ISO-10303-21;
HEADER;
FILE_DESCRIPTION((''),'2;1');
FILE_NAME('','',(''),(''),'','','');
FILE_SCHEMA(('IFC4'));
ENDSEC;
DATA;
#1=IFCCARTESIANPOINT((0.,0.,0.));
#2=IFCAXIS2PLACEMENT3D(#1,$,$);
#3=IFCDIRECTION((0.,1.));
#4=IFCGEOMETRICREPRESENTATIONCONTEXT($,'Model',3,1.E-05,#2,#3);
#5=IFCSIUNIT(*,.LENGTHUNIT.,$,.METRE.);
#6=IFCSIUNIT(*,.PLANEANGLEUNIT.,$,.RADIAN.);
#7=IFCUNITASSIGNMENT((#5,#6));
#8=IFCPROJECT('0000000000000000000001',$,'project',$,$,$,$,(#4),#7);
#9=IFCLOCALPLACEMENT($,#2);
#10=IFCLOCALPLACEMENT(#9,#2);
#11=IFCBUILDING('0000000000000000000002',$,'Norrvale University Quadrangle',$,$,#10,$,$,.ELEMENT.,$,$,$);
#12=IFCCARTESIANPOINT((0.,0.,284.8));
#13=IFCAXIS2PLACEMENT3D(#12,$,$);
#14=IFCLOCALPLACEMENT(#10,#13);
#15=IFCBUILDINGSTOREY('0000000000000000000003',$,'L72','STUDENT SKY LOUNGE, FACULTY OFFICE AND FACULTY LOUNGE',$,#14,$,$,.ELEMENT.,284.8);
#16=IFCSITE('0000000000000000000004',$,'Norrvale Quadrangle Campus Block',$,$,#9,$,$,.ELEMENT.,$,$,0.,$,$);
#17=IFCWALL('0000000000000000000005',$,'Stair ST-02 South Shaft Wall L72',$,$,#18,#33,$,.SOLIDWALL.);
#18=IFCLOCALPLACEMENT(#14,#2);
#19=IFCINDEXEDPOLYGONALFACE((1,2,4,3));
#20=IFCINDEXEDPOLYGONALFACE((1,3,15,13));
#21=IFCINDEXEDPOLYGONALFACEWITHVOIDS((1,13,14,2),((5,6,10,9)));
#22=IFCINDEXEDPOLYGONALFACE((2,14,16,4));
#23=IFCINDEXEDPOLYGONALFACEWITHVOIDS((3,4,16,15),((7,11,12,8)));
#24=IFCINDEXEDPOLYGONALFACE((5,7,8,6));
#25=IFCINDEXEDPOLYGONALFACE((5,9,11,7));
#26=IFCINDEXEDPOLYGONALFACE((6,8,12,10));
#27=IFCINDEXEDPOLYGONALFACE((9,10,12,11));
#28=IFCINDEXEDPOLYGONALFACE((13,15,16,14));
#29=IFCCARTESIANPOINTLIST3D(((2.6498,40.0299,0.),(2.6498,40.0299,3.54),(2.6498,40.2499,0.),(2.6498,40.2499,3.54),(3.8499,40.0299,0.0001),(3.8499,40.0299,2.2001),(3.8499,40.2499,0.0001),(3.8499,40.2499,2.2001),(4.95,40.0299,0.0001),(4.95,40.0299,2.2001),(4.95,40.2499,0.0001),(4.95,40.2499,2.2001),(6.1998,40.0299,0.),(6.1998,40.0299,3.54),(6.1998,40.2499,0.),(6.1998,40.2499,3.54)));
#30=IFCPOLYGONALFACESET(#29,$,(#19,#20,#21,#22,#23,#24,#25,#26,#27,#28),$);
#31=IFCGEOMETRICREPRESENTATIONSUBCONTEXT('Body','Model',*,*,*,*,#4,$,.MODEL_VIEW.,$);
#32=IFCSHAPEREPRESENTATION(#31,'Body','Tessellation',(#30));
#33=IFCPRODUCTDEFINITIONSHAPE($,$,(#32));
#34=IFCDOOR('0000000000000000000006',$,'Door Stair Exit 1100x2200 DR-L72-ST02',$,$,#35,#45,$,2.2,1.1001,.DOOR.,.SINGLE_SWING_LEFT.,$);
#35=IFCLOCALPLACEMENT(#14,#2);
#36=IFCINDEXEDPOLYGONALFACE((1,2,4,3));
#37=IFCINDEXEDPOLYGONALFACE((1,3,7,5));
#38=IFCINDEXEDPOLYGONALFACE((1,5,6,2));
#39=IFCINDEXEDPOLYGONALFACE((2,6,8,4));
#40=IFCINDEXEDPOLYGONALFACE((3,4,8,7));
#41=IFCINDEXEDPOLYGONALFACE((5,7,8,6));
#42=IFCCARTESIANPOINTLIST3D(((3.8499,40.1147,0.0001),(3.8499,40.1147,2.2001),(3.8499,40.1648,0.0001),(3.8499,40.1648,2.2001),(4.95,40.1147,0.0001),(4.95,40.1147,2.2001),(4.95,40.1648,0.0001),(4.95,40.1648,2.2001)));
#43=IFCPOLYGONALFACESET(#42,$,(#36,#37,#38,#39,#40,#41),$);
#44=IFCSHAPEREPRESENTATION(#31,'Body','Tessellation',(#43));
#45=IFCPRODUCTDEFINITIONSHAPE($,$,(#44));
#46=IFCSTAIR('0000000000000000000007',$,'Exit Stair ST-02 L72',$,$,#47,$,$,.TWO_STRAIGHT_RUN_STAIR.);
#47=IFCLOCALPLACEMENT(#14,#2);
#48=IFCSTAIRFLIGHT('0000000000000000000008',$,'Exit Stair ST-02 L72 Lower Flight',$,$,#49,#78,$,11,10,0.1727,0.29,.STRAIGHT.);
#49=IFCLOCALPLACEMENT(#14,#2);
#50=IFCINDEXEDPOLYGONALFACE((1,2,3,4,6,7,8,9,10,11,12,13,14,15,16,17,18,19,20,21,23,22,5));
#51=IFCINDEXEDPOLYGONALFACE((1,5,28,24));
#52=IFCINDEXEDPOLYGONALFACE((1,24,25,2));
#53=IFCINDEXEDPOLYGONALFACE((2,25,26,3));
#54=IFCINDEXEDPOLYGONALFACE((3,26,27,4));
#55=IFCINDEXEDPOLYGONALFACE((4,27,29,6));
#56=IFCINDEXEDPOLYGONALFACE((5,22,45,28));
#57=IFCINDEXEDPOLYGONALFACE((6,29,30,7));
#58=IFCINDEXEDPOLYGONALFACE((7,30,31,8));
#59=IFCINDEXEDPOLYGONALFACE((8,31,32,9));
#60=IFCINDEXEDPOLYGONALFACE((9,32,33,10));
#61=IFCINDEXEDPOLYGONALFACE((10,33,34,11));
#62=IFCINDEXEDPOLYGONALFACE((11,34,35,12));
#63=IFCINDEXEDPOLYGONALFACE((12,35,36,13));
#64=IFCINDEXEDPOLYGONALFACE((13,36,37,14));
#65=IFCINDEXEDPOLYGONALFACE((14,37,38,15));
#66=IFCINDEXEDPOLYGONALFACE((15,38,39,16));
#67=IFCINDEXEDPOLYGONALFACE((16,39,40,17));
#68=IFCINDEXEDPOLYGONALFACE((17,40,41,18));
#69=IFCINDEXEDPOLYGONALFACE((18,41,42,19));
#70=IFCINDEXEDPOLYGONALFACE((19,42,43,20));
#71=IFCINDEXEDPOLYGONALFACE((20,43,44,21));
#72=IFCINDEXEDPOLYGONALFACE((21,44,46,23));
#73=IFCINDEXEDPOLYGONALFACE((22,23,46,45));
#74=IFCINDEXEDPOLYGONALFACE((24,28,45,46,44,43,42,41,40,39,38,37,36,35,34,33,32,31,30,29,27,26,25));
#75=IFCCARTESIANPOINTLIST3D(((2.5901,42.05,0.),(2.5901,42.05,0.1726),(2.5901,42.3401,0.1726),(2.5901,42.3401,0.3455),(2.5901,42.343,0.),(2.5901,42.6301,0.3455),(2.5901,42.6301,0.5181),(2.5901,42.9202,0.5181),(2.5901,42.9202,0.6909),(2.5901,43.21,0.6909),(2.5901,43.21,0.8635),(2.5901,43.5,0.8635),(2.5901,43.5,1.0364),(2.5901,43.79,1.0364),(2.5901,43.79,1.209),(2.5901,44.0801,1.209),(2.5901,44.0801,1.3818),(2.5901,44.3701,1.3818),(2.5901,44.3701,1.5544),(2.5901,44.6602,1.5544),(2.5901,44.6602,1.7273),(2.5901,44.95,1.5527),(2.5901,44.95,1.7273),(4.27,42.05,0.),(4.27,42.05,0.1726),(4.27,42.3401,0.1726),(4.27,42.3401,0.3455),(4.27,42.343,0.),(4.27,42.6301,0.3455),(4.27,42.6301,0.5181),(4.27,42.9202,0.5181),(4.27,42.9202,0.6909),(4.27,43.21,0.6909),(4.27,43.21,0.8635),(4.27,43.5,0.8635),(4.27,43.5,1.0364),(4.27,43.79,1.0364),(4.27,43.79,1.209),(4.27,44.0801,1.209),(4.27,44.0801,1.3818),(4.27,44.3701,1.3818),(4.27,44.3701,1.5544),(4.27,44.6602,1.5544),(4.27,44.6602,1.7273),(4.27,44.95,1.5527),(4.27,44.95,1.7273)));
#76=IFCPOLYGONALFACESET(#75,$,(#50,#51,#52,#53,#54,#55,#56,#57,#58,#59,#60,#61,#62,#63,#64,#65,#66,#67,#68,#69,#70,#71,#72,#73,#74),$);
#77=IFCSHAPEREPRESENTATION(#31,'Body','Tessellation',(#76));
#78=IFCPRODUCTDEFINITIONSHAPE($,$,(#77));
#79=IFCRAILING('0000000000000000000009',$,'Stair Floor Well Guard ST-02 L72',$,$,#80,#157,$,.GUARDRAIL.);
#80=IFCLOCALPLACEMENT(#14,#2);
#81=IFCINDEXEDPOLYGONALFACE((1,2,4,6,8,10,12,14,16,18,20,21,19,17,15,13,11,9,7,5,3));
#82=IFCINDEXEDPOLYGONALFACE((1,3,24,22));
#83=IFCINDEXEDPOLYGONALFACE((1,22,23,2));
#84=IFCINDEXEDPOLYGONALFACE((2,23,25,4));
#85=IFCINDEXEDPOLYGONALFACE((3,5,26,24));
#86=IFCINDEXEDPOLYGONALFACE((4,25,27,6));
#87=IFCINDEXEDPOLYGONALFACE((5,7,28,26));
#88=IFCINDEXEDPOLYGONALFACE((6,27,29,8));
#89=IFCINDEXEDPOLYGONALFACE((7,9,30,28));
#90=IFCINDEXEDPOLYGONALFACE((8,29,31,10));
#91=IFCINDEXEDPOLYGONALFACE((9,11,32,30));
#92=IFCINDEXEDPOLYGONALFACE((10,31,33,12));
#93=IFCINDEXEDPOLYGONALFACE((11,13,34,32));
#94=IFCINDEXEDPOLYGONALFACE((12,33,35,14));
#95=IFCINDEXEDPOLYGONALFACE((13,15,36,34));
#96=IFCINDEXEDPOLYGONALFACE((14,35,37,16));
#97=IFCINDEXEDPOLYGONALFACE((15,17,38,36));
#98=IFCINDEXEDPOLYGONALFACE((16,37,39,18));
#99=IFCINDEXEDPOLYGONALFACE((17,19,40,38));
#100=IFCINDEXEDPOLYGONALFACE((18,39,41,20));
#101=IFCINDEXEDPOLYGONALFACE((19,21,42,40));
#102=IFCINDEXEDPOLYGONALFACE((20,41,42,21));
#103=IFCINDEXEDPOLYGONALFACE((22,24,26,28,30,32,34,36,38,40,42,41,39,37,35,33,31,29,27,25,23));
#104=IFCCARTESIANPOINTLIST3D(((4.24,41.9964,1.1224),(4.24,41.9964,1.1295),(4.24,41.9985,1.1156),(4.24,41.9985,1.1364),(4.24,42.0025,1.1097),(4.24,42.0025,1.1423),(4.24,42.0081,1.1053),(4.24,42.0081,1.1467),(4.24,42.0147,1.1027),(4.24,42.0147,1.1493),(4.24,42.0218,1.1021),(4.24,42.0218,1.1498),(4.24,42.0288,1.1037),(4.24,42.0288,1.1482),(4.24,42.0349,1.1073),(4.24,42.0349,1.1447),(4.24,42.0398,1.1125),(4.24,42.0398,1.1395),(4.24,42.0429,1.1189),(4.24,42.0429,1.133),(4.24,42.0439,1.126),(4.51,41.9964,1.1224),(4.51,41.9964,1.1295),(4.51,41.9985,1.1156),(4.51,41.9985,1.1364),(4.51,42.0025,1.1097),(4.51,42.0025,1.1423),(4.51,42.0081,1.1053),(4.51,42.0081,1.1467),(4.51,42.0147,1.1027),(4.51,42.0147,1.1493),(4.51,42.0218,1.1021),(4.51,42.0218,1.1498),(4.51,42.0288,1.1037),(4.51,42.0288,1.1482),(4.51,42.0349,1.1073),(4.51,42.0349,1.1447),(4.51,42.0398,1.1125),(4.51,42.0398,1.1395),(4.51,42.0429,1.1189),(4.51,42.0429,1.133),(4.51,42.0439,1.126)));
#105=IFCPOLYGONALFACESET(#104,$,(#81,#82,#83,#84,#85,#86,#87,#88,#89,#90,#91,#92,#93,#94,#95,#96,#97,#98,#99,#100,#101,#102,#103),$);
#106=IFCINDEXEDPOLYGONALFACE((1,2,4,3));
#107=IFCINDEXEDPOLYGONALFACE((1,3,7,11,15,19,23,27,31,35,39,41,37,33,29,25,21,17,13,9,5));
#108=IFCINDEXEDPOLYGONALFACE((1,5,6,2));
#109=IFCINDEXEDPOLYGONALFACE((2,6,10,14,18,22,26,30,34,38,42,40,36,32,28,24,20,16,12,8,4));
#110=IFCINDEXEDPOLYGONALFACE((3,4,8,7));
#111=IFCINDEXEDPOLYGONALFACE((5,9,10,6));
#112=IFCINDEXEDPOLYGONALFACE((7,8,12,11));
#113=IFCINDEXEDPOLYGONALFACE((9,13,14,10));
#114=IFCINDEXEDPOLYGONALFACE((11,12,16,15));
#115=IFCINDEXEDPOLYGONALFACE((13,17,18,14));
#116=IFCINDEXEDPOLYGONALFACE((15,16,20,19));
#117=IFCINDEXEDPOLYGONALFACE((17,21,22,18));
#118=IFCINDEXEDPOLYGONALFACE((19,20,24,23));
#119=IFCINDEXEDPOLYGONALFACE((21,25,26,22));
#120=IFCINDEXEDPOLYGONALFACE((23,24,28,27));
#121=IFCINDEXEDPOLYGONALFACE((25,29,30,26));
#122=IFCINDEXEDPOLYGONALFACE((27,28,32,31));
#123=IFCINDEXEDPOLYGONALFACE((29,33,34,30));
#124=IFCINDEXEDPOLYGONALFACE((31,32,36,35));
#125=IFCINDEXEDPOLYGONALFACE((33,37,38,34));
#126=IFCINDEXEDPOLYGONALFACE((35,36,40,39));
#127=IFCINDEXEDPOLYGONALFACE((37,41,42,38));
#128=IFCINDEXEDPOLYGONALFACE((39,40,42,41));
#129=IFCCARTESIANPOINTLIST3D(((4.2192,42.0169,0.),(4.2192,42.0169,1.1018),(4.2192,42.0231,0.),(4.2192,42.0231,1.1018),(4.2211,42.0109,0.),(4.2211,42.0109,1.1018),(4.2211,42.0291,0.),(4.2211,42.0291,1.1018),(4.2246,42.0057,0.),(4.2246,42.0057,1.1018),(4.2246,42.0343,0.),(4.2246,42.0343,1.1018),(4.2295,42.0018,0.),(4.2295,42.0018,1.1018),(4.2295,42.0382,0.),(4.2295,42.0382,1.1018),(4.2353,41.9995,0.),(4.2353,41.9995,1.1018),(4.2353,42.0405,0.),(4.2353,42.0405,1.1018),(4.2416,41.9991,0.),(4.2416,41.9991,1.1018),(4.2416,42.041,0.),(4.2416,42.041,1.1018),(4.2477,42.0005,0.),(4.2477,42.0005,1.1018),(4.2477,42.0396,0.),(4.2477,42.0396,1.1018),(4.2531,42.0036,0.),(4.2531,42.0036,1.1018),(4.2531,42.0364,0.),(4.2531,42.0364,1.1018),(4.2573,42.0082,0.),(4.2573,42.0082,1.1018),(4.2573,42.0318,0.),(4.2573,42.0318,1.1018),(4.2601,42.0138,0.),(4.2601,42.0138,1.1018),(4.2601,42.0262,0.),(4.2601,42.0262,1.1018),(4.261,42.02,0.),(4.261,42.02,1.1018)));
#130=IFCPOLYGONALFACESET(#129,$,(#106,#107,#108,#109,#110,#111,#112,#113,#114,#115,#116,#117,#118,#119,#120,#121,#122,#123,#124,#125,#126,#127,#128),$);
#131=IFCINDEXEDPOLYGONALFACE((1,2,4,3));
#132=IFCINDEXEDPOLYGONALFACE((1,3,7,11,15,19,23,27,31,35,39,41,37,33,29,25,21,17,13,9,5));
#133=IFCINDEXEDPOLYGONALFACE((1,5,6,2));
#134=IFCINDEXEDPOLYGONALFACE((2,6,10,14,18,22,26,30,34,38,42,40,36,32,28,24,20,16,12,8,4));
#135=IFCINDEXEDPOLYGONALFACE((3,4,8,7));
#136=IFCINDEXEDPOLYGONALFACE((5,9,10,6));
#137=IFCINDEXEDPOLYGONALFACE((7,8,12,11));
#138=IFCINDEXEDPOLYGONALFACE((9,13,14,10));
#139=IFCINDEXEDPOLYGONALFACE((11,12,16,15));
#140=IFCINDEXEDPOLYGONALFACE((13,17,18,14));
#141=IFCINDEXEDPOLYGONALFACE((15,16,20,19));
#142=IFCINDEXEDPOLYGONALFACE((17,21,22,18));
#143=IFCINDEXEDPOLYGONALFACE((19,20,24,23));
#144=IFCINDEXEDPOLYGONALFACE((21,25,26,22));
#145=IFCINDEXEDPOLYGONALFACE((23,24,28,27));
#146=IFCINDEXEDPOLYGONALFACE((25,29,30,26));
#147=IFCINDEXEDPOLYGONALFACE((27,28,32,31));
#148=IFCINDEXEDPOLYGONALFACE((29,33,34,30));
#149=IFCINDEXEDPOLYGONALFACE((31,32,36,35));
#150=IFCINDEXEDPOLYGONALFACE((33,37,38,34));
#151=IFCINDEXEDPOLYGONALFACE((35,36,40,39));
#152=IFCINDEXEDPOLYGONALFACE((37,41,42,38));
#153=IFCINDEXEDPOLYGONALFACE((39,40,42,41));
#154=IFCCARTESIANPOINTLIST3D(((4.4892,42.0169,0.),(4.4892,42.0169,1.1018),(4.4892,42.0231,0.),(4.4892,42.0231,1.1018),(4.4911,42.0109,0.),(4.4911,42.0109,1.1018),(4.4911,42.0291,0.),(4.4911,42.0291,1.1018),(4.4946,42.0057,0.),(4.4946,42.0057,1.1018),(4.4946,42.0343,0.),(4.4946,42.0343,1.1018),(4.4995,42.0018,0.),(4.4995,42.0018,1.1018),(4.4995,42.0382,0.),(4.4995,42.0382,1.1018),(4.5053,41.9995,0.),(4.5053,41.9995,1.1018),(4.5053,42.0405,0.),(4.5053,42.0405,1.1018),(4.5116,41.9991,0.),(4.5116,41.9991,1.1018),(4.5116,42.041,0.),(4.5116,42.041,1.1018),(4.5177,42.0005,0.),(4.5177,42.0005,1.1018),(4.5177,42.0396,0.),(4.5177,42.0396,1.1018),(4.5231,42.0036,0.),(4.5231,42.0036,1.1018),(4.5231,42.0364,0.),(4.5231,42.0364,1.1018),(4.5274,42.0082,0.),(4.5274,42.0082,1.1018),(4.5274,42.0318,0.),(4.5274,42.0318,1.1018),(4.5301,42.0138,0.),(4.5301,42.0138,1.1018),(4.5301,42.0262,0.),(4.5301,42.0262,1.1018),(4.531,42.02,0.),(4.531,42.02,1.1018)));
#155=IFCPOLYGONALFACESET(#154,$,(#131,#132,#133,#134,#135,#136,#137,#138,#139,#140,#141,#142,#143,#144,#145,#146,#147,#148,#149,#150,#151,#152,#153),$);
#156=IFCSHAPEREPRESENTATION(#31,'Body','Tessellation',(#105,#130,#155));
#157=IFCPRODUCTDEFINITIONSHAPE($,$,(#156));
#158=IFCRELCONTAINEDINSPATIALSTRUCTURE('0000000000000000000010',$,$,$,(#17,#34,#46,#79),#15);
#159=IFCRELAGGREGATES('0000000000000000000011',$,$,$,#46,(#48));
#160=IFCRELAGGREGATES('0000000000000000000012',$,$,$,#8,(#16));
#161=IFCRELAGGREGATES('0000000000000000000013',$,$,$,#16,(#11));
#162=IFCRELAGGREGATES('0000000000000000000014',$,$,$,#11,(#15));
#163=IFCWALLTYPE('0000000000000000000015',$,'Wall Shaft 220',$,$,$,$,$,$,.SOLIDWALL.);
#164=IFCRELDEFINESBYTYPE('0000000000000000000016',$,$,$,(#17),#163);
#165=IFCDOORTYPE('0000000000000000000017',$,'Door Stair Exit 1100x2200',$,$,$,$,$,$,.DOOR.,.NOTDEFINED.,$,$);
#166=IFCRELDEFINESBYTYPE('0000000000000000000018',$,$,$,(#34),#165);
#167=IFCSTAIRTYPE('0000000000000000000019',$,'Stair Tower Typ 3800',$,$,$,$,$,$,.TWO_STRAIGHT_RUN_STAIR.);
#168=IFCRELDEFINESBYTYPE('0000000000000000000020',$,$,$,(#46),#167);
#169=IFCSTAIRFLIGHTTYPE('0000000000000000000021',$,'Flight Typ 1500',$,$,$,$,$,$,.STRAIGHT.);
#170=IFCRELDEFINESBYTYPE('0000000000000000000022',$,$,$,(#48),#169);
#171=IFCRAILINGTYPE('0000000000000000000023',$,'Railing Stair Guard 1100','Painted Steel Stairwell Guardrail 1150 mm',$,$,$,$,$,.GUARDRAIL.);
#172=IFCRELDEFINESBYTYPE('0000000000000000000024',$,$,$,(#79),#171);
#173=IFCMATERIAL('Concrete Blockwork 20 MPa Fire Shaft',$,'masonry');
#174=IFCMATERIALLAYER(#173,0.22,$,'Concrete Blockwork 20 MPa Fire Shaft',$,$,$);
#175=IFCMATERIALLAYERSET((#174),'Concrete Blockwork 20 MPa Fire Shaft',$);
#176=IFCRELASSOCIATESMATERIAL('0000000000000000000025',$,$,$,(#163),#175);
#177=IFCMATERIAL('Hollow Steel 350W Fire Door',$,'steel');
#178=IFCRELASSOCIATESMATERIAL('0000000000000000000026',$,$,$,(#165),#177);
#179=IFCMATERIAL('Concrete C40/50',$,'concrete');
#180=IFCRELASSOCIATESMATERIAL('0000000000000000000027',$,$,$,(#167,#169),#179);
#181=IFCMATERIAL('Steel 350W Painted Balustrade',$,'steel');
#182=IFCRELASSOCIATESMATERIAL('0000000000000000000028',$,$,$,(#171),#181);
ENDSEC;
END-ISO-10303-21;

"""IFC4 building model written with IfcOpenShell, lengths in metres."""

from ifc_helpers import new_model, si_unit, direction, frame, frame_2d, origin, origin_2d, place, context, subcontext, project, spatial, polyline, rectangle, circle, outline, extrude, material, layer, layer_set, type_object, element, fill, aggregate, save


model = new_model("IFC4")

# Units and contexts
model_context = context("Model", 3, precision=1e-05, world=origin(), true_north=direction((0.0, 1.0)))
body_context = subcontext(model_context, "Body", "Model", "MODEL_VIEW")
ifc_project = project(units=[si_unit("LENGTHUNIT", "METRE"), si_unit("PLANEANGLEUNIT", "RADIAN")], contexts=[model_context])

# Site, building, storey
site_placement = place(None, origin())
site = spatial("IfcSite", under=ifc_project, at=site_placement, Name="Norrvale Quadrangle Campus Block", CompositionType="ELEMENT", RefElevation=0.0)
building_placement = place(site_placement, origin())
building = spatial("IfcBuilding", under=site, at=building_placement, Name="Norrvale University Quadrangle", CompositionType="ELEMENT")
storey_placement = place(building_placement, frame((0.0, 0.0, 284.8)))
storey = spatial("IfcBuildingStorey", under=building, at=storey_placement, Name="L72", Description="STUDENT SKY LOUNGE, FACULTY OFFICE AND FACULTY LOUNGE", CompositionType="ELEMENT", Elevation=284.8)

# Wall, opening, door
ifc_material_1 = material(Name="Concrete Blockwork 20 MPa Fire Shaft", Category="masonry")
ifc_layer_1 = layer(ifc_material_1, 0.22, Name="Concrete Blockwork 20 MPa Fire Shaft")
ifc_layer_set_1 = layer_set([ifc_layer_1], Name="Concrete Blockwork 20 MPa Fire Shaft")
wall_type_1 = type_object("IfcWallType", Name="Wall Shaft 220", PredefinedType="SOLIDWALL", material=ifc_layer_set_1)
wall_1_placement = place(storey_placement, frame((2.6499, 40.1399, 0.0), z_axis=(0.0, 0.0, 1.0), x_axis=(1.0, 0.0, 0.0)))
wall_1 = element("IfcWall", 1, at=wall_1_placement, inside=storey, type_object=wall_type_1, Name="Stair ST-02 South Shaft Wall L72", PredefinedType="SOLIDWALL", context=body_context, shape_type="SweptSolid", body=[
    extrude(rectangle(XDim=3.55, YDim=0.22, at=frame_2d((1.7749, 0.0))), origin(), (0.0, 0.0, 1.0), 3.54),
])
opening_1_placement = place(wall_1_placement, frame((1.2, 0.0, 0.0)))
opening_1 = element("IfcOpeningElement", 2, at=opening_1_placement, cuts=wall_1, PredefinedType="OPENING", context=body_context, shape_type="SweptSolid", body=[
    extrude(rectangle(XDim=1.1001, YDim=2.2, at=frame_2d((0.55, 1.1001))), frame((0.0, 0.1221, 0.0), z_axis=(0.0, -1.0, 0.0), x_axis=(1.0, 0.0, 0.0)), (0.0, 0.0, 1.0), 0.2439),
])
ifc_material_2 = material(Name="Hollow Steel 350W Fire Door", Category="steel")
door_type = type_object("IfcDoorType", Name="Door Stair Exit 1100x2200", OperationType="NOTDEFINED", PredefinedType="DOOR", material=ifc_material_2)
door_placement = place(opening_1_placement, origin())
door = element("IfcDoor", 3, at=door_placement, inside=storey, type_object=door_type, Name="Door Stair Exit 1100x2200 DR-L72-ST02", OperationType="SINGLE_SWING_LEFT", OverallHeight=2.2, OverallWidth=1.1001, PredefinedType="DOOR", context=body_context, shape_type="SweptSolid", body=[
    extrude(rectangle(XDim=1.1001, YDim=2.2, at=frame_2d((0.55, 1.1001))), frame((0.0, 0.0249, 0.0), z_axis=(0.0, -1.0, 0.0), x_axis=(1.0, 0.0, 0.0)), (0.0, 0.0, 1.0), 0.05),
])
fill(opening_1, door)

# Stair, stair flight
ifc_material_3 = material(Name="Concrete C40/50", Category="concrete")
stair_type = type_object("IfcStairType", Name="Stair Tower Typ 3800", PredefinedType="TWO_STRAIGHT_RUN_STAIR", material=ifc_material_3)
stair_placement = place(storey_placement, origin())
stair = element("IfcStair", 4, at=stair_placement, inside=storey, type_object=stair_type, Name="Exit Stair ST-02 L72", PredefinedType="TWO_STRAIGHT_RUN_STAIR")
stair_flight_type = type_object("IfcStairFlightType", Name="Flight Typ 1500", PredefinedType="STRAIGHT", material=ifc_material_3)
stair_flight_placement = place(storey_placement, frame((3.4299, 42.05, 0.0), z_axis=(0.0, 0.0, 1.0), x_axis=(0.0, 1.0, 0.0)))
stair_flight = element("IfcStairFlight", 5, at=stair_flight_placement, type_object=stair_flight_type, Name="Exit Stair ST-02 L72 Lower Flight", NumberOfRisers=11, NumberOfTreads=10, PredefinedType="STRAIGHT", RiserHeight=0.1727, TreadLength=0.29, context=body_context, shape_type="SweptSolid", body=[
    extrude(outline(polyline([(0.0, 0.0), (0.0, 0.1726), (0.29, 0.1726), (0.29, 0.3455), (0.5801, 0.3455), (0.5801, 0.5181), (0.8701, 0.5181), (0.8701, 0.6909), (1.1599, 0.6909), (1.1599, 0.8635), (1.45, 0.8635), (1.45, 1.0364), (1.74, 1.0364), (1.74, 1.209), (2.03, 1.209), (2.03, 1.3818), (2.3201, 1.3818), (2.3201, 1.5544), (2.6101, 1.5544), (2.6101, 1.7273), (2.8999, 1.7273), (2.8999, 1.8999), (2.8999, 1.5527), (0.293, 0.0), (0.0, 0.0)])), frame((0.0, 0.8398, 0.0), z_axis=(0.0, -1.0, 0.0), x_axis=(1.0, 0.0, 0.0)), (0.0, 0.0, 1.0), 1.6799),
])
aggregate(stair, [stair_flight])

# Railing
ifc_material_4 = material(Name="Steel 350W Painted Balustrade", Category="steel")
railing_type_1 = type_object("IfcRailingType", Name="Railing Stair Guard 1100", Description="Painted Steel Stairwell Guardrail 1150 mm", PredefinedType="GUARDRAIL", material=ifc_material_4)
for number, where, name in (
    (6, (4.24, 42.02, 0.0), "Stair Floor Well Guard ST-02 L72"),
):
    element("IfcRailing", number, at=place(storey_placement, frame(where)), inside=storey, type_object=railing_type_1, Name=name, PredefinedType="GUARDRAIL", context=body_context, shape_type="SweptSolid", body=[
        extrude(circle(Radius=0.0239, at=origin_2d()), frame((0.0, 0.0, 1.126), z_axis=(1.0, 0.0, 0.0), x_axis=(0.0, 1.0, 0.0)), (0.0, 0.0, 1.0), 0.27),
        extrude(circle(Radius=0.021, at=origin_2d()), origin(), (0.0, 0.0, 1.0), 1.1018),
        extrude(circle(Radius=0.021, at=origin_2d()), frame((0.27, 0.0, 0.0)), (0.0, 0.0, 1.0), 1.1018),
    ])

save(model, "model.ifc")
